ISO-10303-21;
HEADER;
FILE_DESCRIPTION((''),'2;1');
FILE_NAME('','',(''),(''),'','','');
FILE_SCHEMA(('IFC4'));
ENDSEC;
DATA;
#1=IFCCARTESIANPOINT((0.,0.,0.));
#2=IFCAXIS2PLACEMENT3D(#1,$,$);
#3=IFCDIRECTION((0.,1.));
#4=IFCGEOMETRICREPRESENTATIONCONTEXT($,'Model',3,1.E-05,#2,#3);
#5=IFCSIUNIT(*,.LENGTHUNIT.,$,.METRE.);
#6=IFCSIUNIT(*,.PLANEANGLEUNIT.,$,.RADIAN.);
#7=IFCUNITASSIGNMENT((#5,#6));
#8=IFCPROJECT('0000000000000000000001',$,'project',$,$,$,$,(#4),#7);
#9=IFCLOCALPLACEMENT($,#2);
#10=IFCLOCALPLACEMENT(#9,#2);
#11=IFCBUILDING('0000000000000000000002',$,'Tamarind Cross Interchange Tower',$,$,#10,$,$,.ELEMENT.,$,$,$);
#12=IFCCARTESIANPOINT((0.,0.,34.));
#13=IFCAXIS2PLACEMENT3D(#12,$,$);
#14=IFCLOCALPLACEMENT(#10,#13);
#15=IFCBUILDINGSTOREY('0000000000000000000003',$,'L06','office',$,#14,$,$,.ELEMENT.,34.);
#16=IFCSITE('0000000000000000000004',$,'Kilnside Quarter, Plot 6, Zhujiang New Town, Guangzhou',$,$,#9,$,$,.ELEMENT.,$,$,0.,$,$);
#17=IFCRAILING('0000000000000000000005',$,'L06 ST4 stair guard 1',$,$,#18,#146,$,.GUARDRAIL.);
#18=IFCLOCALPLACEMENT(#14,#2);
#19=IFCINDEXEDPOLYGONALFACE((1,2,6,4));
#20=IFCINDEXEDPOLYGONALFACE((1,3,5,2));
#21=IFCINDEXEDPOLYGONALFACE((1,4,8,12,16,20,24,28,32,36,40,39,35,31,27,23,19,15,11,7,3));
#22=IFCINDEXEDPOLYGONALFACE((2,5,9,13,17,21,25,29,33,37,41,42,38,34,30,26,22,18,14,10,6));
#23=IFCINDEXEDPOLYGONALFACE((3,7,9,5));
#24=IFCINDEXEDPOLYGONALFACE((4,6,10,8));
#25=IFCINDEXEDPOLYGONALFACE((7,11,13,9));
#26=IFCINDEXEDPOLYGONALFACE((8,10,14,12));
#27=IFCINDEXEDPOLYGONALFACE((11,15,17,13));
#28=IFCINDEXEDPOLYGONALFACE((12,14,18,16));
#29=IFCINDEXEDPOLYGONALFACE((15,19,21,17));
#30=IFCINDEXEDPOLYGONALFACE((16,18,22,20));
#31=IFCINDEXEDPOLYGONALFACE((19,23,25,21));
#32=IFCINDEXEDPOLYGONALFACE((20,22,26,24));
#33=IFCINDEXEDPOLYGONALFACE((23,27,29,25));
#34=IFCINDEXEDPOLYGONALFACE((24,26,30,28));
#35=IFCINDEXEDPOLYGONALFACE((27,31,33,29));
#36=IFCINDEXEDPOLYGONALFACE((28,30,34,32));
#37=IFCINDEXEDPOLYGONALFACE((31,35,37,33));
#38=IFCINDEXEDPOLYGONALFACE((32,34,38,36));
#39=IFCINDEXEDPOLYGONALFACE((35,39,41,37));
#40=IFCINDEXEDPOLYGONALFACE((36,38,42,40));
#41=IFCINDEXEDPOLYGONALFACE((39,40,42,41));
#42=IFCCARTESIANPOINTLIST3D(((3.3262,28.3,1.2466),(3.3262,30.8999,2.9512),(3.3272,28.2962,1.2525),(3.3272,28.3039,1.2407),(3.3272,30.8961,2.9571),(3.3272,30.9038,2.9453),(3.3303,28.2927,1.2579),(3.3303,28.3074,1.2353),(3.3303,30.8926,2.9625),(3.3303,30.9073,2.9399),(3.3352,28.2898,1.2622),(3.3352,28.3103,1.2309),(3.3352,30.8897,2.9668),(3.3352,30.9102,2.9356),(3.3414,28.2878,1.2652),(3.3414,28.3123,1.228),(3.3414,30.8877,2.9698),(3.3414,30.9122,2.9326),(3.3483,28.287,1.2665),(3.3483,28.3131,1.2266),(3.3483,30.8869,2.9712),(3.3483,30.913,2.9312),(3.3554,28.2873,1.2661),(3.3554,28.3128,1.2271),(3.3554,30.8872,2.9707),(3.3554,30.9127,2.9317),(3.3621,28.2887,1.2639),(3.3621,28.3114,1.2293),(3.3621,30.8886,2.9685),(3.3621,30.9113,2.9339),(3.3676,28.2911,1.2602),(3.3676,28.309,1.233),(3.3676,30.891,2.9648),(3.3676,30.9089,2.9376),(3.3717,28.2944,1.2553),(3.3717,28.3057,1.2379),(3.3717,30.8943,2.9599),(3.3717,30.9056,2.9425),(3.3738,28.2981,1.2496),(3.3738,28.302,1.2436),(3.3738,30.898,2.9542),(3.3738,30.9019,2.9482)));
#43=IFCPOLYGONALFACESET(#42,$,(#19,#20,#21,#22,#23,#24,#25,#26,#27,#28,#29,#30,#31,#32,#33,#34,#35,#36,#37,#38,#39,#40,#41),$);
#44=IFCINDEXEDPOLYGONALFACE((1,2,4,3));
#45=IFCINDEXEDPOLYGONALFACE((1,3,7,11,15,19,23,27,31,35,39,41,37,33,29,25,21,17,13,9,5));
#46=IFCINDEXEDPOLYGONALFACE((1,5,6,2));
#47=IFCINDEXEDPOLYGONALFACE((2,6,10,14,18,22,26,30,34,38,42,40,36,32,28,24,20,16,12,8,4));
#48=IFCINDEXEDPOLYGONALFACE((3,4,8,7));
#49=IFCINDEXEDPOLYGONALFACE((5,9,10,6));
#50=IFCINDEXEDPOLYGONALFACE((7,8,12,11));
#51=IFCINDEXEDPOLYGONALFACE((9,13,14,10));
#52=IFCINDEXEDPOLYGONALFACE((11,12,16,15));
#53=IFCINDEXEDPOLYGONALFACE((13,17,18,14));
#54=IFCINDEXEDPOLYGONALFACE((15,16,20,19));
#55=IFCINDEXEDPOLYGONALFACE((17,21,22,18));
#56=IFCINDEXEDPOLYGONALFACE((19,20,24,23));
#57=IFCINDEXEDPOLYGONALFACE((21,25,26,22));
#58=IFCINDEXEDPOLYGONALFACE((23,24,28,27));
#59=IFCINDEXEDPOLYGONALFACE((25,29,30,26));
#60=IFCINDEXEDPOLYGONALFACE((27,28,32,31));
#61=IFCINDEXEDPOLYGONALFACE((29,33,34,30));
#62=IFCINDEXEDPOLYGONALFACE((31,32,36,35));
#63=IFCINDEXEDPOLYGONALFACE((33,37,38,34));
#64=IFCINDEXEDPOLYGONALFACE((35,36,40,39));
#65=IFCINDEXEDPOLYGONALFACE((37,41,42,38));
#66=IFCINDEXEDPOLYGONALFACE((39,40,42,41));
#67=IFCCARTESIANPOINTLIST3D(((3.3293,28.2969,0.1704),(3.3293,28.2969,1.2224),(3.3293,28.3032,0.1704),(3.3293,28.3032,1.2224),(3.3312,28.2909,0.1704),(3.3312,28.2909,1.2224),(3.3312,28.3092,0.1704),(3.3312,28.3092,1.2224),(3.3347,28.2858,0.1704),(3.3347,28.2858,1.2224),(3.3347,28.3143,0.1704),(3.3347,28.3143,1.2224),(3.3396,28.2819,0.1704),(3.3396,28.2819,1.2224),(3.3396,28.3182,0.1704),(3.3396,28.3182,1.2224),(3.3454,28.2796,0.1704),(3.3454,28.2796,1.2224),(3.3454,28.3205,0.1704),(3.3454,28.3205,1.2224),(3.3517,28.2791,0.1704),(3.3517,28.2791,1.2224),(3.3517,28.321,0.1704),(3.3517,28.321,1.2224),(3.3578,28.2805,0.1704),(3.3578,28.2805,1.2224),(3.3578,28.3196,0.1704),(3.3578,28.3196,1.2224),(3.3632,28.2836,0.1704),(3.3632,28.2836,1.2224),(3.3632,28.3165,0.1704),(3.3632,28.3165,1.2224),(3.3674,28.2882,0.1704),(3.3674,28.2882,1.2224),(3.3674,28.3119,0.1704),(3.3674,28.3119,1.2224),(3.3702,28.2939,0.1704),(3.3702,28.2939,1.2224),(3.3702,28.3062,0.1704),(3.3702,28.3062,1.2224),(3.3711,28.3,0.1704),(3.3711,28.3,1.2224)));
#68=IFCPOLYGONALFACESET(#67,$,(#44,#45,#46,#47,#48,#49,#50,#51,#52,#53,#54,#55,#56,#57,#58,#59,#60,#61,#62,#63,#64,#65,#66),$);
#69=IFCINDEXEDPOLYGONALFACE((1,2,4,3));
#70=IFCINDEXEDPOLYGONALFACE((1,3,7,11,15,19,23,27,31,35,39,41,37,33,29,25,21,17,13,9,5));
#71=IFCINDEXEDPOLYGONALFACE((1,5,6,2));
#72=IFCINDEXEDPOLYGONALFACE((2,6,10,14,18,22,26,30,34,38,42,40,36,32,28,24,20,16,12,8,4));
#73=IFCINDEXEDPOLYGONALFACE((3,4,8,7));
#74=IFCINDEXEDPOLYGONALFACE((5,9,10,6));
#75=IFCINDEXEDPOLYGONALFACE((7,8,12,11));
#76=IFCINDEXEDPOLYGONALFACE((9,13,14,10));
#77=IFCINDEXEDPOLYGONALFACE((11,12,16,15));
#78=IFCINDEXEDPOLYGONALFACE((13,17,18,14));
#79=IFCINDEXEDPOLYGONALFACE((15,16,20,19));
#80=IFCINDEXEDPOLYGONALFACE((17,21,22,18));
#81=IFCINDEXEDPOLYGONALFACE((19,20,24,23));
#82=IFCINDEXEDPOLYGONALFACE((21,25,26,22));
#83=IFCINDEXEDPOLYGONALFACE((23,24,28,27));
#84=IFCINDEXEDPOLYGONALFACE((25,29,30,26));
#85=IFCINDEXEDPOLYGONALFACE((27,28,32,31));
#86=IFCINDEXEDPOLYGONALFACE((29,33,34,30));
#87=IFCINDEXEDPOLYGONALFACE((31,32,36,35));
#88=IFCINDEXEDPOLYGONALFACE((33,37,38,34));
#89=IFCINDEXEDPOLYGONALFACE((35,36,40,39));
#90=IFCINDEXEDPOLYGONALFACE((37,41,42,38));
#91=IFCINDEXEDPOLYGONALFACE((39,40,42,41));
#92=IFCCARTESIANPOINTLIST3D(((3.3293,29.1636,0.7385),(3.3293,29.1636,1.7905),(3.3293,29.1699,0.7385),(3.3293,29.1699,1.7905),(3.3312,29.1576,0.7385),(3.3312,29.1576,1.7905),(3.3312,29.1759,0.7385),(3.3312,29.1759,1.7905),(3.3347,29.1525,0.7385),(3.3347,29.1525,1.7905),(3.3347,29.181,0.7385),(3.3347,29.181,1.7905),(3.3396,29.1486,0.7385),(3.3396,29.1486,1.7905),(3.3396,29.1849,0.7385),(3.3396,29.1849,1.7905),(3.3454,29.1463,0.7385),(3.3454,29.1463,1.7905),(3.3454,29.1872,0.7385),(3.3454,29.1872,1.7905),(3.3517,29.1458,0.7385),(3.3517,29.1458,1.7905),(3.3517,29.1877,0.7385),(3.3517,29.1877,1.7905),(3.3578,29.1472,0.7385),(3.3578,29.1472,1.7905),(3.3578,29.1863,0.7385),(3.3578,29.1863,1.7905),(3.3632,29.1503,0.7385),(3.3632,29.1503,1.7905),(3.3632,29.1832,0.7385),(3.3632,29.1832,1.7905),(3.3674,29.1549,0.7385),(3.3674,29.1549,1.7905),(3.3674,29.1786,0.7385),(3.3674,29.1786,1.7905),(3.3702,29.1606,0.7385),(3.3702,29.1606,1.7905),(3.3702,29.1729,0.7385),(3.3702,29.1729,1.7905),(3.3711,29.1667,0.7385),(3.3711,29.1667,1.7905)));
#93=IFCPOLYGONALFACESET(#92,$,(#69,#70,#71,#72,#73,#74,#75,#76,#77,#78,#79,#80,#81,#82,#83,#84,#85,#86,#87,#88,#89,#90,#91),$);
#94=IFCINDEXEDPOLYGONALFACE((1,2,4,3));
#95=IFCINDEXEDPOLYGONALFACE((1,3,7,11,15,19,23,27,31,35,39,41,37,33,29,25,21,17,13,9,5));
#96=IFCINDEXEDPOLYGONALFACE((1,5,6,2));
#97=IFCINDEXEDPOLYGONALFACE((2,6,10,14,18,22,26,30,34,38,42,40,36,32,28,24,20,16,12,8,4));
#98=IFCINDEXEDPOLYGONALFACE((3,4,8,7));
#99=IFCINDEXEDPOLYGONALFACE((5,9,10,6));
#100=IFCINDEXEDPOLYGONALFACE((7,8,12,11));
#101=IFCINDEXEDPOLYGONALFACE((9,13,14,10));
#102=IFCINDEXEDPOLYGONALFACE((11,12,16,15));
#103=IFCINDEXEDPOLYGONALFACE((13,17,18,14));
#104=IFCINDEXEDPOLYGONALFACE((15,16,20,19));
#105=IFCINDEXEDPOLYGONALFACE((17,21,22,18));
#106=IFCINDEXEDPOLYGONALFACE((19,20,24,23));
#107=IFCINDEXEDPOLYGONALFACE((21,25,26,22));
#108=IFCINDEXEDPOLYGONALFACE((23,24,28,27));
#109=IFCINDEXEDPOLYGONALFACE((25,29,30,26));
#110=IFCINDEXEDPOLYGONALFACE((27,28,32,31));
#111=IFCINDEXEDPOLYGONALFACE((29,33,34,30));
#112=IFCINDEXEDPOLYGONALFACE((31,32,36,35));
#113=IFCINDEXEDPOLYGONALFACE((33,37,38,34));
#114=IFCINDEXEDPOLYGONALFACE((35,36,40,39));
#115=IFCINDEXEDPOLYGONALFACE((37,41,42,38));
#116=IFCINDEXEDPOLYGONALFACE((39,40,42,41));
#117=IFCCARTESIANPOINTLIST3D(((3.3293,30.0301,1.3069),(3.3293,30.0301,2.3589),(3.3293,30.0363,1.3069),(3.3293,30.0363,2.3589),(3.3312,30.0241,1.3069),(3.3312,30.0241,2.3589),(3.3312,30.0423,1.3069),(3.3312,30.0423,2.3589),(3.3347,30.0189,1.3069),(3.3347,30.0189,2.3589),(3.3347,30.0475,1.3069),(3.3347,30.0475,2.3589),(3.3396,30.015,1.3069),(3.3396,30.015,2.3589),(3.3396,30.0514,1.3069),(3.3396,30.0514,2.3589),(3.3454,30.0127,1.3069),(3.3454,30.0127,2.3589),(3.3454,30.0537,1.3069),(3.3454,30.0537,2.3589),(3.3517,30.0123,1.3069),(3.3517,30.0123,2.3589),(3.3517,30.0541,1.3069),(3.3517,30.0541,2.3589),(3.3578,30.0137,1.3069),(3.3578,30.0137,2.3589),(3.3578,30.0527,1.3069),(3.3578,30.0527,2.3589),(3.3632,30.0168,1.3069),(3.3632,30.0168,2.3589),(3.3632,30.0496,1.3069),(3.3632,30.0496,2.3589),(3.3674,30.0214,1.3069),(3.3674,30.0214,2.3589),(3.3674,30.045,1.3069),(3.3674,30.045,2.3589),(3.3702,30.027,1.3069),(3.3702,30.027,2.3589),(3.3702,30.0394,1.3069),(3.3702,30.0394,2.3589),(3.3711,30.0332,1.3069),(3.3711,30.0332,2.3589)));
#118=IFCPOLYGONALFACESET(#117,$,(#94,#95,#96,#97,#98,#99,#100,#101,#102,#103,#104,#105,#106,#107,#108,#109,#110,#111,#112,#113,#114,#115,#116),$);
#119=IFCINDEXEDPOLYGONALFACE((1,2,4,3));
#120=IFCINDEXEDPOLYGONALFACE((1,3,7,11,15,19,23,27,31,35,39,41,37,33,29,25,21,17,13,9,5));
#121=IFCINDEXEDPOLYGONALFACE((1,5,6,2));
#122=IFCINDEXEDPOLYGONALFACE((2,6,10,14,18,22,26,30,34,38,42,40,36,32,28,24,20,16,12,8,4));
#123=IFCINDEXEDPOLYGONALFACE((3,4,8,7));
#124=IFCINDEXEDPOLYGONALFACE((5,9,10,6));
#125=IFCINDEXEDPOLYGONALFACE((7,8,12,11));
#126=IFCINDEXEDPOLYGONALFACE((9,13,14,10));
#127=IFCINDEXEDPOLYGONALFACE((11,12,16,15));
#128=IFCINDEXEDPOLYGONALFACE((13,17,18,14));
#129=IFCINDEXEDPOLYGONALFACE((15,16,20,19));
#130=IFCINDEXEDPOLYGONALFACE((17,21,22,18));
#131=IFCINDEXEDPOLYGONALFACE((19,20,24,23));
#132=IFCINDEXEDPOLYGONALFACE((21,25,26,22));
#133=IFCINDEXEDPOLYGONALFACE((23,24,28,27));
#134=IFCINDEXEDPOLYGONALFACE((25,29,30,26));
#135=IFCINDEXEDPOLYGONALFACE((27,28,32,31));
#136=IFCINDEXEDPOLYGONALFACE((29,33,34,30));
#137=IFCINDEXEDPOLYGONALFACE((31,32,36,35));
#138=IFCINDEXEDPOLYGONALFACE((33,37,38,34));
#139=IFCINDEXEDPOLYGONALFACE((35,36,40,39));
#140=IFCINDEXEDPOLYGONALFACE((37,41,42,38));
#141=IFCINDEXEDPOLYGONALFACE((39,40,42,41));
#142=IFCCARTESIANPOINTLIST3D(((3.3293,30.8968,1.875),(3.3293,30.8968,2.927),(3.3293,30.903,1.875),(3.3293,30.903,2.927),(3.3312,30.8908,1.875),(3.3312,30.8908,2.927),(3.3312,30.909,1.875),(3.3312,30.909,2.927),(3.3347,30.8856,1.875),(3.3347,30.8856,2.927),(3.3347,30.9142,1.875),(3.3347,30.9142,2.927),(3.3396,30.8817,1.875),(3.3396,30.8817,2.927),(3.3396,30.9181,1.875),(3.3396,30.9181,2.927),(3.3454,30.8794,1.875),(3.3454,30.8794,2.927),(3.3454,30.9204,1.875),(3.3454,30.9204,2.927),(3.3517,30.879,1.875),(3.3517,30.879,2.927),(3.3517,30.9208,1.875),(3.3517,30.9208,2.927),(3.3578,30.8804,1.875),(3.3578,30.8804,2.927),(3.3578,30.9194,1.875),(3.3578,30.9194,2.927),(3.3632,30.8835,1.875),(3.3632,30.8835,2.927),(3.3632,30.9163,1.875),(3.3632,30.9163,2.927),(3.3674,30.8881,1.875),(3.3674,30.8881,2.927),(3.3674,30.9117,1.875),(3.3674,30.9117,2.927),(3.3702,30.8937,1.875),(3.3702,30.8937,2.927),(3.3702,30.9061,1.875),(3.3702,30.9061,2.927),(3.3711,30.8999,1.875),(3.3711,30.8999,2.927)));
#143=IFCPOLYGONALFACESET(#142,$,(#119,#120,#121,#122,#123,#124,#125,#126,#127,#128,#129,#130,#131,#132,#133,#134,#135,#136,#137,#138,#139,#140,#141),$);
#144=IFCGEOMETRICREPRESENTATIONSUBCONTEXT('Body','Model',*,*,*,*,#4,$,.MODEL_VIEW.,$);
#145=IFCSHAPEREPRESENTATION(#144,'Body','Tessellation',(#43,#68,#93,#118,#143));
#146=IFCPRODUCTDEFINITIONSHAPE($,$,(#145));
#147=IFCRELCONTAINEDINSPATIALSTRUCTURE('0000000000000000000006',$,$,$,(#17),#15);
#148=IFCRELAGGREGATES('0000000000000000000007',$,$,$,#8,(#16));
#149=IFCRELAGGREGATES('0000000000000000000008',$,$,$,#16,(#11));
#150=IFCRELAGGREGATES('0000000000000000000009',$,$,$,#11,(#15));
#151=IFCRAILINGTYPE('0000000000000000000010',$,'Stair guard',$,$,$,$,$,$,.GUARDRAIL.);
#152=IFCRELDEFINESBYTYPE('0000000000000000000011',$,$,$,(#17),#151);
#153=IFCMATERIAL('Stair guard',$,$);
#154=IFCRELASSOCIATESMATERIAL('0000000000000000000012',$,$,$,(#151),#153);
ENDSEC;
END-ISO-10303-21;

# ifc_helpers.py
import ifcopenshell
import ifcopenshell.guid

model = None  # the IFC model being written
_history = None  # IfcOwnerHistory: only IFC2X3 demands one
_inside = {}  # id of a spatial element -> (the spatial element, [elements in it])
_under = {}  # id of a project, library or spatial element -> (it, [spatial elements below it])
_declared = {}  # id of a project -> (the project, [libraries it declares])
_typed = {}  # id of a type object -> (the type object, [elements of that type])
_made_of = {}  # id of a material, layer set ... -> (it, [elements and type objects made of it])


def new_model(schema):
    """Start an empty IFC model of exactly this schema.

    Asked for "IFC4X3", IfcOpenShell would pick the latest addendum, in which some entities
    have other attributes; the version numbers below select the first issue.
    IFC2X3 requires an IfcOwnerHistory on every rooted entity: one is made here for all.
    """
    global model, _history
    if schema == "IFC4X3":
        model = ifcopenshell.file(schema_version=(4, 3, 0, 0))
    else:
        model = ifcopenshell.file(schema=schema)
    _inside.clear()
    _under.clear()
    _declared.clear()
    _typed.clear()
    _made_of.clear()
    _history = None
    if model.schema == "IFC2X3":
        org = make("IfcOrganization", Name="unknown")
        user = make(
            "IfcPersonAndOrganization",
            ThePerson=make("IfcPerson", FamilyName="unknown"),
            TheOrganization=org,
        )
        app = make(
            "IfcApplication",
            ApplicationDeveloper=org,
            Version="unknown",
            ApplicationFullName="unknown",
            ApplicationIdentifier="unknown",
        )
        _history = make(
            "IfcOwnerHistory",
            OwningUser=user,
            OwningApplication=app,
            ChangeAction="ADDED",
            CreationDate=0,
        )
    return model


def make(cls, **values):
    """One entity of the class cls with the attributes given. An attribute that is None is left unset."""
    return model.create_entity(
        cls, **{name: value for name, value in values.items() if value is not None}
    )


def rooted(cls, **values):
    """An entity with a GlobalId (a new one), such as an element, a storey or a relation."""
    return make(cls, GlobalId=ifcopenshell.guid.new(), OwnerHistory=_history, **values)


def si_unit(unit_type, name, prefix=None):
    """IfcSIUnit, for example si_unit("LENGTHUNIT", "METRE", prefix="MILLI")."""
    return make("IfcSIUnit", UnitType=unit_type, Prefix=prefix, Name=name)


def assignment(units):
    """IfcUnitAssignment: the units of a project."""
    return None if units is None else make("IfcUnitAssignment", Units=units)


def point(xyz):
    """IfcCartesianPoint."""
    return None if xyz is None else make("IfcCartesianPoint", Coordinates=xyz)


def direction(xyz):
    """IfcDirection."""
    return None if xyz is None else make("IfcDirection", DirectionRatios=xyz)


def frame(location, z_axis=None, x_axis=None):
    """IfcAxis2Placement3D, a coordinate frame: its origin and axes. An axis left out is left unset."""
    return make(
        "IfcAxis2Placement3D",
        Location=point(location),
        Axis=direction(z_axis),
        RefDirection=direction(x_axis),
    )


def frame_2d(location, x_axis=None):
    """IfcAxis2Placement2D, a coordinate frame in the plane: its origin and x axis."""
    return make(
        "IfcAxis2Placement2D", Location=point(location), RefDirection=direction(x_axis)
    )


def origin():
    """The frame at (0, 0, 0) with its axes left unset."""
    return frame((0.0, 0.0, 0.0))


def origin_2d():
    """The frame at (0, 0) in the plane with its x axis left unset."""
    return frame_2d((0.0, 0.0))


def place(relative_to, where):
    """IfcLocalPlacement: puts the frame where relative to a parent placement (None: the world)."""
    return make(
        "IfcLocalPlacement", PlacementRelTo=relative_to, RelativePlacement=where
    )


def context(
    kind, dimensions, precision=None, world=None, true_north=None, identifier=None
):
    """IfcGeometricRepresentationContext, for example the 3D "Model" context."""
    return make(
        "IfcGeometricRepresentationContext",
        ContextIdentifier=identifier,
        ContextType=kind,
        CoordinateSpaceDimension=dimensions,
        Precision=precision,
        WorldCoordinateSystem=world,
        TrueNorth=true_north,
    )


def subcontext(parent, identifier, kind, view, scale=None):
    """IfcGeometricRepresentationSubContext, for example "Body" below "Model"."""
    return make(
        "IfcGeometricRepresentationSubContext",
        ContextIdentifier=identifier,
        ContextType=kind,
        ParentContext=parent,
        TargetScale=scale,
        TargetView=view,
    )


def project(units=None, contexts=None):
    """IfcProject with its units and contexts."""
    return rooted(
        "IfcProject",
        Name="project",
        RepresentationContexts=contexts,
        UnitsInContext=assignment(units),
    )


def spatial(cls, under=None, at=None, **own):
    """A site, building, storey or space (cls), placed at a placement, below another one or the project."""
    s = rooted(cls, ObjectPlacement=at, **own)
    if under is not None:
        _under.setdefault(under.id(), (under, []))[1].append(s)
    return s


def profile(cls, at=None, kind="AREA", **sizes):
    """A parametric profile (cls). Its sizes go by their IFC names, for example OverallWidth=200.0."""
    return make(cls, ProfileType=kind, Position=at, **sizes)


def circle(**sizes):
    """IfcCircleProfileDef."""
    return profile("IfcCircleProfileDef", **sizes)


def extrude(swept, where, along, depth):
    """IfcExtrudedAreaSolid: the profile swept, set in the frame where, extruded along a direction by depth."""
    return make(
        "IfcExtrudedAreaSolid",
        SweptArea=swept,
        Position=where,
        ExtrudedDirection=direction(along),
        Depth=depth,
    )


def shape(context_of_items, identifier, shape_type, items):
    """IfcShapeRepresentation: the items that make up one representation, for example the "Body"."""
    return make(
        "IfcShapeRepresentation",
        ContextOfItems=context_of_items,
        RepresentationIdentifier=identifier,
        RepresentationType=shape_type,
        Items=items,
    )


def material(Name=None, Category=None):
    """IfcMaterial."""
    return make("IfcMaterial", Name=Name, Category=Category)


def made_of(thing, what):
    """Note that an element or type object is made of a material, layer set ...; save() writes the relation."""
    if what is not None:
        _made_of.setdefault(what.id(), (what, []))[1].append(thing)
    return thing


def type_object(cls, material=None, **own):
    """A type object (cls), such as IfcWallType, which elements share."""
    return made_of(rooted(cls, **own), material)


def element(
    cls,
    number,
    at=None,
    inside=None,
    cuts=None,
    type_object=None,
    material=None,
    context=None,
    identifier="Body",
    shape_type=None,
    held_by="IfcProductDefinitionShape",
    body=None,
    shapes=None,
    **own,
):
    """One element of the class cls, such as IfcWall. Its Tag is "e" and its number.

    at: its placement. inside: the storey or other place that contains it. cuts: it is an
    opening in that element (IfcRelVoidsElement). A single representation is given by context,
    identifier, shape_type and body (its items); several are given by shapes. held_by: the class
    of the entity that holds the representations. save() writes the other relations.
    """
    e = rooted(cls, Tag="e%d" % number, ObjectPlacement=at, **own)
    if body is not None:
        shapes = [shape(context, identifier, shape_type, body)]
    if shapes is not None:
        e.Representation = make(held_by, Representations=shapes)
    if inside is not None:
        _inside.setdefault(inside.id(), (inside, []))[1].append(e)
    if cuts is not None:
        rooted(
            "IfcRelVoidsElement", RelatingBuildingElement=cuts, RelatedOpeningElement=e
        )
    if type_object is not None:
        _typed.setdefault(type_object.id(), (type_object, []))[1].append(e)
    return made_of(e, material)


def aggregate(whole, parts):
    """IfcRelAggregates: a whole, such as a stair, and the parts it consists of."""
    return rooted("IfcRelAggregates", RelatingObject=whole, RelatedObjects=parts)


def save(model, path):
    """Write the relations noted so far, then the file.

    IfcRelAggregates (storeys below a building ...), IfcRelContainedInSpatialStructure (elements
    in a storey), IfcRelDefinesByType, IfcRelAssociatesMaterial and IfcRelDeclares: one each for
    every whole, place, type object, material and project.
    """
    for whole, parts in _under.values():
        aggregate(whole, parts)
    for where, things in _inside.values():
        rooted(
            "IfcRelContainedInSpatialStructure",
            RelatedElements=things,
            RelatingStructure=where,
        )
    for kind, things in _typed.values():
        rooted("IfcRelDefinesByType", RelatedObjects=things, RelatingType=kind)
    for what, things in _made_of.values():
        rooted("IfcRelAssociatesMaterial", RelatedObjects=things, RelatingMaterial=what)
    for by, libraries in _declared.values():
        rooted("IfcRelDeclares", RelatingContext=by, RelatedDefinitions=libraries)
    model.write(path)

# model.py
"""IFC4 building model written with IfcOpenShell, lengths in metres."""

from ifc_helpers import new_model, si_unit, direction, frame, origin, origin_2d, place, context, subcontext, project, spatial, circle, extrude, material, type_object, element, save


model = new_model("IFC4")

# Units and contexts
model_context = context("Model", 3, precision=1e-05, world=origin(), true_north=direction((0.0, 1.0)))
body_context = subcontext(model_context, "Body", "Model", "MODEL_VIEW")
ifc_project = project(units=[si_unit("LENGTHUNIT", "METRE"), si_unit("PLANEANGLEUNIT", "RADIAN")], contexts=[model_context])

# Site, building, storey
site_placement = place(None, origin())
site = spatial("IfcSite", under=ifc_project, at=site_placement, Name="Kilnside Quarter, Plot 6, Zhujiang New Town, Guangzhou", CompositionType="ELEMENT", RefElevation=0.0)
building_placement = place(site_placement, origin())
building = spatial("IfcBuilding", under=site, at=building_placement, Name="Tamarind Cross Interchange Tower", CompositionType="ELEMENT")
storey_placement = place(building_placement, frame((0.0, 0.0, 34.0)))
storey = spatial("IfcBuildingStorey", under=building, at=storey_placement, Name="L06", Description="office", CompositionType="ELEMENT", Elevation=34.0)

# Railing
ifc_material_1 = material(Name="Stair guard")
railing_type_1 = type_object("IfcRailingType", Name="Stair guard", PredefinedType="GUARDRAIL", material=ifc_material_1)
railing_1_placement = place(storey_placement, frame((3.3501, 28.3, 0.1704)))
element("IfcRailing", 1, at=railing_1_placement, inside=storey, type_object=railing_type_1, Name="L06 ST4 stair guard 1", PredefinedType="GUARDRAIL", context=body_context, shape_type="SweptSolid", body=[
    extrude(circle(Radius=0.0239, at=origin_2d()), frame((0.0, 0.0, 1.0762), z_axis=(0.0, 0.836279, 0.548305), x_axis=(-1.0, 0.0, 0.0)), (0.0, 0.0, 1.0), 3.1089),
    extrude(circle(Radius=0.021, at=origin_2d()), origin(), (0.0, 0.0, 1.0), 1.052),
    extrude(circle(Radius=0.021, at=origin_2d()), frame((0.0, 0.8667, 0.5681)), (0.0, 0.0, 1.0), 1.052),
    extrude(circle(Radius=0.021, at=origin_2d()), frame((0.0, 1.7332, 1.1365)), (0.0, 0.0, 1.0), 1.052),
    extrude(circle(Radius=0.021, at=origin_2d()), frame((0.0, 2.5999, 1.7046)), (0.0, 0.0, 1.0), 1.052),
])

save(model, "model.ifc")
